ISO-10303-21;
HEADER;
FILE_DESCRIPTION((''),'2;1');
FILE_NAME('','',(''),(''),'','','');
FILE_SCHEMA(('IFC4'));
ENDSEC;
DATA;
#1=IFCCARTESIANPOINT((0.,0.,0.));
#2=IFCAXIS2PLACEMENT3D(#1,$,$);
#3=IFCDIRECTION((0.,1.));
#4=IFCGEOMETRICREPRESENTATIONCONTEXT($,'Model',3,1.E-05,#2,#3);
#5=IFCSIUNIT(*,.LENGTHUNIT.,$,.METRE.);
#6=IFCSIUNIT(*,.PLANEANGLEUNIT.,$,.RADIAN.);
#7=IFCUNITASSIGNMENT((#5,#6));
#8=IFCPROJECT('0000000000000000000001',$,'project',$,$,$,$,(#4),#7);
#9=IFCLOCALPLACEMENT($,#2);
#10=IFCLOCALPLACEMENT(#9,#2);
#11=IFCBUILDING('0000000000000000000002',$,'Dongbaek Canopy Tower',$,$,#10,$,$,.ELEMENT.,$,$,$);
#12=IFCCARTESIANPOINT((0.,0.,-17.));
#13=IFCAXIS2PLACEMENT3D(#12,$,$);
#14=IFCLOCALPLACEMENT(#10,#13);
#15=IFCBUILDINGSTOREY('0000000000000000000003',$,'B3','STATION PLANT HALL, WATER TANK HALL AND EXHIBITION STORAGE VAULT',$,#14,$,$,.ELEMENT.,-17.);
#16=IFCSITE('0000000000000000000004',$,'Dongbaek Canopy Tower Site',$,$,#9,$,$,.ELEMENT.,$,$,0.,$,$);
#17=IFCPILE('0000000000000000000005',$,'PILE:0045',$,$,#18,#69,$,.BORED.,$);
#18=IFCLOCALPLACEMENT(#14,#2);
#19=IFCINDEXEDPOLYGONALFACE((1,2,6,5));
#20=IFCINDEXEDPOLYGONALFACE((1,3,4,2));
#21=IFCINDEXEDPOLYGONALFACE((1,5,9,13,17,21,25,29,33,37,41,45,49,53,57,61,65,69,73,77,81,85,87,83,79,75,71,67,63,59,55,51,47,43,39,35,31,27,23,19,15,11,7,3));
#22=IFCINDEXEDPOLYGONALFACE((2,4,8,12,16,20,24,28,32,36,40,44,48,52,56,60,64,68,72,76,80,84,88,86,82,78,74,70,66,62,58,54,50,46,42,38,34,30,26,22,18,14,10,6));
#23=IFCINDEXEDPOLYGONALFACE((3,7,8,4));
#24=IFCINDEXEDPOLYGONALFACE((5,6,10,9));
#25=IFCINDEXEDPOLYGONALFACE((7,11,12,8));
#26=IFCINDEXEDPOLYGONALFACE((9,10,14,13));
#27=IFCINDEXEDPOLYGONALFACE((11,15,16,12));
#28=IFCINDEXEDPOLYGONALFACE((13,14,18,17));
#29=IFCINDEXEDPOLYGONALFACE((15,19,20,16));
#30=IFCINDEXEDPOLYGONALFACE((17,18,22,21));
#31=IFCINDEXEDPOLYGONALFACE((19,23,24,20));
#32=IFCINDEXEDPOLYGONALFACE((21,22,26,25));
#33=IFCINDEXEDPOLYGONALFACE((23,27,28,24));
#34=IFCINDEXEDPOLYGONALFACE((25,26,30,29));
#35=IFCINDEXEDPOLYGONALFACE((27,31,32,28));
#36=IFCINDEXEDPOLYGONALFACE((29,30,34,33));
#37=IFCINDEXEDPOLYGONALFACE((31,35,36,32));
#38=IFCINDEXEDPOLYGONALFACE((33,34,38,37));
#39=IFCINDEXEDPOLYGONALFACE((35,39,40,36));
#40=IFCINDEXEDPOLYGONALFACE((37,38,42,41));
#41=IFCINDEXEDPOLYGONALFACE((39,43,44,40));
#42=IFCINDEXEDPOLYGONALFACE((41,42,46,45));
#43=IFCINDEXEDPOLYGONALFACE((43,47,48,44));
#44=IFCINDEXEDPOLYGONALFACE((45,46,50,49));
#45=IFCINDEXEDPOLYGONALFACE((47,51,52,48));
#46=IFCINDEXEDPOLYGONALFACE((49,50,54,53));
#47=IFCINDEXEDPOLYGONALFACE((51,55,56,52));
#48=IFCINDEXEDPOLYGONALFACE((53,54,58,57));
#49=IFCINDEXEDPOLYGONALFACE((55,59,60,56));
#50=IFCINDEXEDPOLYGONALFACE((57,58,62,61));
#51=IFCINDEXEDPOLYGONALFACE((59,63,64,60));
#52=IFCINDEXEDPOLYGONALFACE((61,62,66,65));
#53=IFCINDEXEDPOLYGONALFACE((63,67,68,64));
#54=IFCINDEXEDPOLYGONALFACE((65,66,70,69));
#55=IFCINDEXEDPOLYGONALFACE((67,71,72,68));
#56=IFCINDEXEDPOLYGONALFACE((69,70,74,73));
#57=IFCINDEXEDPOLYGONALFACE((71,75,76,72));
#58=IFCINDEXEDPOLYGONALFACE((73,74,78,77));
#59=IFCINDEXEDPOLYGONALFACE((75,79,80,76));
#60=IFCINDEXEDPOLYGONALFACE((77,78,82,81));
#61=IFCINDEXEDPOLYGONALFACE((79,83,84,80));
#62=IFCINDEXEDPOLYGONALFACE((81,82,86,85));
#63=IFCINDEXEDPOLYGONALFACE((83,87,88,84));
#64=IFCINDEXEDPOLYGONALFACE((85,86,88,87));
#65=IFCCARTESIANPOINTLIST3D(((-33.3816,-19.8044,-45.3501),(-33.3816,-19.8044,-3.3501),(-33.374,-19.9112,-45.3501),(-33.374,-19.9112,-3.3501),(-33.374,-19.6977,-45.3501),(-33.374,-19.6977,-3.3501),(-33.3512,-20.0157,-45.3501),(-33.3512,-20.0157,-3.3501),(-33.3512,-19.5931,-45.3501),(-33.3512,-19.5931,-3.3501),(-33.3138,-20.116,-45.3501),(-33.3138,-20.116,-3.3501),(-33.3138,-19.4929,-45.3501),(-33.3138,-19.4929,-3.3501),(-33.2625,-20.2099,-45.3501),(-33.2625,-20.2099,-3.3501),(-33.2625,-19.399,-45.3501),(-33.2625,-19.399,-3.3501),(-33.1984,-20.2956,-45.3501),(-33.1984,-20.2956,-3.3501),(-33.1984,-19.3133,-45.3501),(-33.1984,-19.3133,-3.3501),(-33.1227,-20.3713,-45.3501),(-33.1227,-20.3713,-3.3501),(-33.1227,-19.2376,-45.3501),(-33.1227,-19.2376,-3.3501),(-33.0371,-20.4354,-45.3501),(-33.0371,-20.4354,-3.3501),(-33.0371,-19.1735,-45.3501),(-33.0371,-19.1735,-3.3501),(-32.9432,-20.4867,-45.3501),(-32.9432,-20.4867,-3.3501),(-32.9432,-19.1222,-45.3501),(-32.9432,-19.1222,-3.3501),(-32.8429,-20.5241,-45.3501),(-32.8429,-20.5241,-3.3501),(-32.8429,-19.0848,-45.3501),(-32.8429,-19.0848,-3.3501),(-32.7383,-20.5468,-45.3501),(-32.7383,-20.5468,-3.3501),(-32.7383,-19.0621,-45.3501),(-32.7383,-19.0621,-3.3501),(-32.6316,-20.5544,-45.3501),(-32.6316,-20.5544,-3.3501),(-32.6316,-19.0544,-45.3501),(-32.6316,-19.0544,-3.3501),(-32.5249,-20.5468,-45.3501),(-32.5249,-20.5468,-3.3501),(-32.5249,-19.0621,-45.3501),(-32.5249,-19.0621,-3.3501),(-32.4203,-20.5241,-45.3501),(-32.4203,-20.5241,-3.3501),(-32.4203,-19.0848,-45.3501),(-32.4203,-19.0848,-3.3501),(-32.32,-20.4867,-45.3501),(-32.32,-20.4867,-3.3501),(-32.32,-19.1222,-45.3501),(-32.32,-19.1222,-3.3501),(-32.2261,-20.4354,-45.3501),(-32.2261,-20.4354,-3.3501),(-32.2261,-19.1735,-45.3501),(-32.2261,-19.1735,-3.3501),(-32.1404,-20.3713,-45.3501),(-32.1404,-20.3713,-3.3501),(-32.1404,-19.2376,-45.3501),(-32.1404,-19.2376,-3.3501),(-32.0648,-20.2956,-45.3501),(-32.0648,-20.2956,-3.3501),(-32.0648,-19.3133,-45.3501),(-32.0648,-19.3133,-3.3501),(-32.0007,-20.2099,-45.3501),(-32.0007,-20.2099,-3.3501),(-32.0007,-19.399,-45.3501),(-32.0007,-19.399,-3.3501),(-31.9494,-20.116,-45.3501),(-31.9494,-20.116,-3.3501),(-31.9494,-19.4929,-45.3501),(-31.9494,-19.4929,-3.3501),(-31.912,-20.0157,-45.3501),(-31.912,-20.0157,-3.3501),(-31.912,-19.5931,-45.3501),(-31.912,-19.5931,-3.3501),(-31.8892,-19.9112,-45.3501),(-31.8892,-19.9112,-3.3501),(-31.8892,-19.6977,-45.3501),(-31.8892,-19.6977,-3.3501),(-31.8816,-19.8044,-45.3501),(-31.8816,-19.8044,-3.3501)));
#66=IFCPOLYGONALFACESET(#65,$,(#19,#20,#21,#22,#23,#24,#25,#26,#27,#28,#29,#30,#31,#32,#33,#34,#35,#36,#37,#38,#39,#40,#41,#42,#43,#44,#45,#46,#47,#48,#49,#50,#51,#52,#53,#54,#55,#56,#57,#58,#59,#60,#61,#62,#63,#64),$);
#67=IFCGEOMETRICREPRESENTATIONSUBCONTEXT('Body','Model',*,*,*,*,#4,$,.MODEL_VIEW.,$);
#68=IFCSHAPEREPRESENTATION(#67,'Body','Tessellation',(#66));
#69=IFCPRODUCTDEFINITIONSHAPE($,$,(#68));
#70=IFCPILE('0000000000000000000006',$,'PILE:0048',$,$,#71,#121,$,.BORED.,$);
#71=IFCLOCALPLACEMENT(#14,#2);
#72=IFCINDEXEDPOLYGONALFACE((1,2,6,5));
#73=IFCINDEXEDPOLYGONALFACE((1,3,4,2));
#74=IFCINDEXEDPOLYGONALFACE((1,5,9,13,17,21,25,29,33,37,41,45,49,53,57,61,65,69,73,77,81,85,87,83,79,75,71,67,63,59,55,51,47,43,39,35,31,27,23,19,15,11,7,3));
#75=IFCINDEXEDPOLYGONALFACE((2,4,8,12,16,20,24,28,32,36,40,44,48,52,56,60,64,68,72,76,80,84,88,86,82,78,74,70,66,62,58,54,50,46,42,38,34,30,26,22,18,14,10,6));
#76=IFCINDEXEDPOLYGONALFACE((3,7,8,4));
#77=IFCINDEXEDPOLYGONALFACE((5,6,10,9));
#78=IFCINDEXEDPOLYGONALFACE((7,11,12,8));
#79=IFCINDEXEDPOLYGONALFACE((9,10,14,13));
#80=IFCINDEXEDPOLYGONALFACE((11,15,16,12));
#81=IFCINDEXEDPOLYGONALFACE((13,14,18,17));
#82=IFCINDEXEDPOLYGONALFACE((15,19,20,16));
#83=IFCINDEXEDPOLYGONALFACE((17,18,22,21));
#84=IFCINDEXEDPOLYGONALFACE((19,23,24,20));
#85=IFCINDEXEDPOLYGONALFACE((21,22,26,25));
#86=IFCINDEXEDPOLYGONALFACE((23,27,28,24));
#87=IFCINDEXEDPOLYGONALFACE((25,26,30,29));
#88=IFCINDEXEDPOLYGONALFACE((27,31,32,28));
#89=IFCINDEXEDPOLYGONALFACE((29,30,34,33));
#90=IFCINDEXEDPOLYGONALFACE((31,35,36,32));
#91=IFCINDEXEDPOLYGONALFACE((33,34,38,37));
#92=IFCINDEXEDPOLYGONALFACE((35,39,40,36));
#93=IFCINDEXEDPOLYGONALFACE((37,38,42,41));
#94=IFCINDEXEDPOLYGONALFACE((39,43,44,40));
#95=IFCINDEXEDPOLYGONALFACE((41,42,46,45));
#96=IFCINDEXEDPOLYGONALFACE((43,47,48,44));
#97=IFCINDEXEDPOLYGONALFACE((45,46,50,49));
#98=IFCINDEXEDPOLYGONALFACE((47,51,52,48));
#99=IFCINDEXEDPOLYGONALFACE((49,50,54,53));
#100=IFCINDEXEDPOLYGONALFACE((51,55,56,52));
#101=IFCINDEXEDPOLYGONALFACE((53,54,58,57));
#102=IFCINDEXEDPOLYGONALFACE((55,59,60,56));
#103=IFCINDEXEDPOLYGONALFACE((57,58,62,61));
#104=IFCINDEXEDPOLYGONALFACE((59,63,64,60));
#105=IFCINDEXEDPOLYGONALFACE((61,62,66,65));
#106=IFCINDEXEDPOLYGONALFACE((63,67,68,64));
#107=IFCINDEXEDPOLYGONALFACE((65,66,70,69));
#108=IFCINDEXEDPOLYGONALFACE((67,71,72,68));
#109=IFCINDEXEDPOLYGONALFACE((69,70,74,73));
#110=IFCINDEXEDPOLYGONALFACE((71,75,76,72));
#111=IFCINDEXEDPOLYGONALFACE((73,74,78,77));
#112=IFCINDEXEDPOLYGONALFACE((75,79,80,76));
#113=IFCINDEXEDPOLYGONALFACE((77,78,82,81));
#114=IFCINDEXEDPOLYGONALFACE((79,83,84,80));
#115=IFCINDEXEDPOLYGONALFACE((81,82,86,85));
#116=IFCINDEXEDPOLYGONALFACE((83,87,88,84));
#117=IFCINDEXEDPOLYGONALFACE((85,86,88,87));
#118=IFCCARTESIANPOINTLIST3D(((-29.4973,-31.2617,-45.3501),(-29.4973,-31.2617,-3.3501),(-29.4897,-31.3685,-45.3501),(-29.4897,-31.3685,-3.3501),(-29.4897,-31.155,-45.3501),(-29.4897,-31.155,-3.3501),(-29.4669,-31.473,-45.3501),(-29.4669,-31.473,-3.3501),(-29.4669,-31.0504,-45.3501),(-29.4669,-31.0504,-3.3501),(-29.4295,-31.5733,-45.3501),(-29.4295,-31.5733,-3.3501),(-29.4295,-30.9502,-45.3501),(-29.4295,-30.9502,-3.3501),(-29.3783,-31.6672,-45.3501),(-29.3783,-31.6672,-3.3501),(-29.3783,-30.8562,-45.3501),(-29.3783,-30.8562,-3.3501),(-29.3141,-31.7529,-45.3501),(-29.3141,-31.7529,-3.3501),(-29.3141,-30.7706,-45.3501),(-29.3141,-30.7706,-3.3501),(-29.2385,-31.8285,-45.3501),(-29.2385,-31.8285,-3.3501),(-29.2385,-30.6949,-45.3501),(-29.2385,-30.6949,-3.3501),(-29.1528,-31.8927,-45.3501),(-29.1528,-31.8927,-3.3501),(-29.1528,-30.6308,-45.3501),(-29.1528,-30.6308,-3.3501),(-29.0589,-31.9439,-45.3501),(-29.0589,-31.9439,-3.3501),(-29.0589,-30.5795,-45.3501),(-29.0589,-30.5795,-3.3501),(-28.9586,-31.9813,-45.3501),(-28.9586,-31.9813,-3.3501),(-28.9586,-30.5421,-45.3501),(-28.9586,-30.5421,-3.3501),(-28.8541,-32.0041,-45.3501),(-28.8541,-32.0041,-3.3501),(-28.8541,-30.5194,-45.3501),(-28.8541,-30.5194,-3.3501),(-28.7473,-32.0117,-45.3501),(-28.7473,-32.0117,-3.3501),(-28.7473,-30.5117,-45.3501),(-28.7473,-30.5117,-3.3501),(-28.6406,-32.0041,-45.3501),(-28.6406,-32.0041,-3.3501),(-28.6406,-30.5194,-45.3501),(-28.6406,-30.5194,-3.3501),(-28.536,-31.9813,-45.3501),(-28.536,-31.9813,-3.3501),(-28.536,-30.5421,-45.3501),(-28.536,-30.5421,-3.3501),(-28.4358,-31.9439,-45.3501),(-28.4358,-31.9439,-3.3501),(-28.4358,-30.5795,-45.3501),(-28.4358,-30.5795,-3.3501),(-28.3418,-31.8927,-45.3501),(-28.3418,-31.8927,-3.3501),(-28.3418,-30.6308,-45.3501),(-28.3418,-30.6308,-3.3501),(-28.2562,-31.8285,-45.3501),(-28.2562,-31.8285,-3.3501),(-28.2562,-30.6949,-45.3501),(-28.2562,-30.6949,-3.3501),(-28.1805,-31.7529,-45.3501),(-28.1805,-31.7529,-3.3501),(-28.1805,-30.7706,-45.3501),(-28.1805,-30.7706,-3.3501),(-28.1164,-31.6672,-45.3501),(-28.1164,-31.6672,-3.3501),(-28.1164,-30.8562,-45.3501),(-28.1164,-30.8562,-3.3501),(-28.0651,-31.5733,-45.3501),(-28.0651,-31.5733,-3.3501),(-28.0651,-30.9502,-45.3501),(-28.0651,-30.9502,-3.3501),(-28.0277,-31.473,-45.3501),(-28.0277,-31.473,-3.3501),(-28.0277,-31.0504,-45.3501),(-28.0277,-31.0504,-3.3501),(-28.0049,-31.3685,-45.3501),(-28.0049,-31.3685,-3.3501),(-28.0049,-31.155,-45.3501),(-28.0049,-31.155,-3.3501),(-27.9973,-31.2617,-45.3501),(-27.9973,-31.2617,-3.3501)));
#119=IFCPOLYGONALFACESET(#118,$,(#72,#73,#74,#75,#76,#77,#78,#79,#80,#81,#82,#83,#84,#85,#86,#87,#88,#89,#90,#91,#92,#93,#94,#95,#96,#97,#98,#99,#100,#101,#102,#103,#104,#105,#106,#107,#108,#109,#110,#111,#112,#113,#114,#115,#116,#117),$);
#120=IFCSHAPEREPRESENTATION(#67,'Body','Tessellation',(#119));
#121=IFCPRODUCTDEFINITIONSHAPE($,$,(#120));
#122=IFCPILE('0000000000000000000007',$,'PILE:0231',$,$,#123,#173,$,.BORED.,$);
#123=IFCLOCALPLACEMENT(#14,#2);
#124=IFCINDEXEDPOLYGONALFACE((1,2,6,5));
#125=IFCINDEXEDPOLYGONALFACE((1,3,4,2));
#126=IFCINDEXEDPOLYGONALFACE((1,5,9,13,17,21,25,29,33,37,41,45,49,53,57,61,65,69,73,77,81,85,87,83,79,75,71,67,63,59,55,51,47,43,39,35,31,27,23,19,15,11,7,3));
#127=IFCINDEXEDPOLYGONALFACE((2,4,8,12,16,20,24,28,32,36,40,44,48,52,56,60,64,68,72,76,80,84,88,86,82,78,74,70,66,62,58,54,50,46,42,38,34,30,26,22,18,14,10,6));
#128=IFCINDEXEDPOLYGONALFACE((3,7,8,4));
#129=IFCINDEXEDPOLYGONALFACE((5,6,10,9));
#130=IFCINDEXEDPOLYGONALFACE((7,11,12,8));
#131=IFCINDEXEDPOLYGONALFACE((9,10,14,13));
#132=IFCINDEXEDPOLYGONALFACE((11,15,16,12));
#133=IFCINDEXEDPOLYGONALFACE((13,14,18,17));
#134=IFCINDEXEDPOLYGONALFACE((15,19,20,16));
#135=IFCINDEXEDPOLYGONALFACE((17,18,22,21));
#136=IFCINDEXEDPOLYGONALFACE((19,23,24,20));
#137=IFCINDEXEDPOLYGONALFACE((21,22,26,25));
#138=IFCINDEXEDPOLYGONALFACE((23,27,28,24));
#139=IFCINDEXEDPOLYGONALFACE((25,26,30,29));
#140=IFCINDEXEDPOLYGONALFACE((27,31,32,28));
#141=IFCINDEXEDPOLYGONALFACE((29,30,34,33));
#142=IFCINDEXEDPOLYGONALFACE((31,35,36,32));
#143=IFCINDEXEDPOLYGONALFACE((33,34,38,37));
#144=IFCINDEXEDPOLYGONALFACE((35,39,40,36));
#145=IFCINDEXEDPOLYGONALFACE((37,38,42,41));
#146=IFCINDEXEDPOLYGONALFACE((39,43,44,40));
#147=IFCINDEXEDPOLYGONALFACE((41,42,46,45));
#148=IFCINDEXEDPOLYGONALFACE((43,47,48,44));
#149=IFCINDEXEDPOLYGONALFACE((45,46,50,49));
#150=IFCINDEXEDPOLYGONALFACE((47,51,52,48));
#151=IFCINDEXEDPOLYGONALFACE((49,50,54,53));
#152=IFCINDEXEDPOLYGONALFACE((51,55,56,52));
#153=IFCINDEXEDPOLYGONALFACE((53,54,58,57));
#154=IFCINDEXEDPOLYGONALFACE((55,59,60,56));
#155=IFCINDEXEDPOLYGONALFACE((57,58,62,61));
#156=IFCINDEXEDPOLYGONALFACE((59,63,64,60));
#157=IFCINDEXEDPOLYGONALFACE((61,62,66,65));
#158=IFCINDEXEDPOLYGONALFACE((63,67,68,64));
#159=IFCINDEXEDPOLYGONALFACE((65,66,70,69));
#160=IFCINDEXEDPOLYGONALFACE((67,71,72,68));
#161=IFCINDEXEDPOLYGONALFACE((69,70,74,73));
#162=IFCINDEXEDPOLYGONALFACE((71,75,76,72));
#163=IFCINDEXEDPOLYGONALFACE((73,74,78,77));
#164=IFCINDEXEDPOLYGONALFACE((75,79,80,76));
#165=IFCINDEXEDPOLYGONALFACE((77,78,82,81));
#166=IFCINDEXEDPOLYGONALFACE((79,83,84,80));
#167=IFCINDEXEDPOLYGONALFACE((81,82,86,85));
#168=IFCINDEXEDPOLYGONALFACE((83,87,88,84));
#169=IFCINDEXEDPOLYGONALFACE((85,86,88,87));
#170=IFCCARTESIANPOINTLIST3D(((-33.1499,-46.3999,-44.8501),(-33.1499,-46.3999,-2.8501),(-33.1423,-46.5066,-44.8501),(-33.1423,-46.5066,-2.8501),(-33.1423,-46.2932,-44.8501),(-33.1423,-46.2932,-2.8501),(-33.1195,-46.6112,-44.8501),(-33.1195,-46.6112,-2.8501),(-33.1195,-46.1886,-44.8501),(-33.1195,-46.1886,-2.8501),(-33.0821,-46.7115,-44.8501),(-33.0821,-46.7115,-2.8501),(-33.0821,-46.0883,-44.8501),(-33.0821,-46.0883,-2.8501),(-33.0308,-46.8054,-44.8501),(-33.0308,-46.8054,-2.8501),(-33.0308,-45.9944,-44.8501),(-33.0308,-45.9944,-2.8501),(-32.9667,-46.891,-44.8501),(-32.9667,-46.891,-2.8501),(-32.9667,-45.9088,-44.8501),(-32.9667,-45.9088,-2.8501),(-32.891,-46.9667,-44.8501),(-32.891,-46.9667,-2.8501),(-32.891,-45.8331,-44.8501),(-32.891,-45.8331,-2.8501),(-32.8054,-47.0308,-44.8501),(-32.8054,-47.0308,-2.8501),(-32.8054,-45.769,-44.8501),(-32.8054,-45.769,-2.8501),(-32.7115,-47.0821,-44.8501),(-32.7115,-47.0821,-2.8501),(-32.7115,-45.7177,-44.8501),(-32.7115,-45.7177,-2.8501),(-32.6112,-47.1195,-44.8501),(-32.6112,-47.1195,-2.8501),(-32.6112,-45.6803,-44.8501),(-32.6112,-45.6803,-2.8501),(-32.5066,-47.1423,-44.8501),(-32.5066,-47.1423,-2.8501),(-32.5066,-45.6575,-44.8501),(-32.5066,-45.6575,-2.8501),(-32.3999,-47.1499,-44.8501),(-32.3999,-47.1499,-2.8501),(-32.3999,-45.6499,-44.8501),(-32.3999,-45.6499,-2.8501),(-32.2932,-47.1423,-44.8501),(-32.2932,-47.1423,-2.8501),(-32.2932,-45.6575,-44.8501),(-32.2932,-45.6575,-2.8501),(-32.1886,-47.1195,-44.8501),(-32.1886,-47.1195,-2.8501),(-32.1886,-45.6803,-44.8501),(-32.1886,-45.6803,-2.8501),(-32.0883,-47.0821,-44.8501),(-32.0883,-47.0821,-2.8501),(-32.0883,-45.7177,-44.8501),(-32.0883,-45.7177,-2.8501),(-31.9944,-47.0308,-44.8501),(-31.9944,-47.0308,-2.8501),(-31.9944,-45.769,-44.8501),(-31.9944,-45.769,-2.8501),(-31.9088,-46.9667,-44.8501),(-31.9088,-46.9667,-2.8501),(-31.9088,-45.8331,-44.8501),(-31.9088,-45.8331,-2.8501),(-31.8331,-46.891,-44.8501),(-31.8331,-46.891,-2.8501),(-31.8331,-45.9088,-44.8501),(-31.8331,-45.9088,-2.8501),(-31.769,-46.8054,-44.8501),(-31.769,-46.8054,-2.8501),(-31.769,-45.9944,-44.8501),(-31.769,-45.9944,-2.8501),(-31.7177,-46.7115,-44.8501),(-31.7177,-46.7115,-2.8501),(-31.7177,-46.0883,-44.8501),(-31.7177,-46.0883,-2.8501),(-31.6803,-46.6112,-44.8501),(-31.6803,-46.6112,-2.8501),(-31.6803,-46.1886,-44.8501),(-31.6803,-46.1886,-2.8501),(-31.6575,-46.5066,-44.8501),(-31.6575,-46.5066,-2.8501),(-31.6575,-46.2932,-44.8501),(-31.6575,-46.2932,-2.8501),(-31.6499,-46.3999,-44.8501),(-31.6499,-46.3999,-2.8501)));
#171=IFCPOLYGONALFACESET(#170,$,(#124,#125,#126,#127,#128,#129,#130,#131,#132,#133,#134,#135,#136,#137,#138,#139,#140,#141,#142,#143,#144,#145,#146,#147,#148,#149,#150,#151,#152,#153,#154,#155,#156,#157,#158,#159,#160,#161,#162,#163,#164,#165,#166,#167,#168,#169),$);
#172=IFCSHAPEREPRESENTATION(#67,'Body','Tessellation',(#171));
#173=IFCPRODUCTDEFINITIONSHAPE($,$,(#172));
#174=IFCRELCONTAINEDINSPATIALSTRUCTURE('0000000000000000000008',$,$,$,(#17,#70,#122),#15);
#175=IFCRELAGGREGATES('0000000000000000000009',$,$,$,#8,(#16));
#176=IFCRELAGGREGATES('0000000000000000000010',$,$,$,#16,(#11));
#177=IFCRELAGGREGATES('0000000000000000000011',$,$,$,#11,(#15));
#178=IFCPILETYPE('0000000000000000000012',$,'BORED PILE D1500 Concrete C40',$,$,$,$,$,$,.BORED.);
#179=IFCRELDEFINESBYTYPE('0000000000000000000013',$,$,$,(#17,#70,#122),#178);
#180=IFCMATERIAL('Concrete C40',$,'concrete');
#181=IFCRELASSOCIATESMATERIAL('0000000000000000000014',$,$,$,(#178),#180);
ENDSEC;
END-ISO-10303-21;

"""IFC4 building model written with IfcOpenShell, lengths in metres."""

from ifc_helpers import new_model, si_unit, direction, frame, origin, origin_2d, place, context, subcontext, project, spatial, circle, extrude, material, material_profile, profile_set, type_object, element, save


model = new_model("IFC4")

# Units and contexts
model_context = context("Model", 3, precision=1e-05, world=origin(), true_north=direction((0.0, 1.0)))
body_context = subcontext(model_context, "Body", "Model", "MODEL_VIEW")
ifc_project = project(units=[si_unit("LENGTHUNIT", "METRE"), si_unit("PLANEANGLEUNIT", "RADIAN")], contexts=[model_context])

# Site, building, storey
site_placement = place(None, origin())
site = spatial("IfcSite", under=ifc_project, at=site_placement, Name="Dongbaek Canopy Tower Site", CompositionType="ELEMENT", RefElevation=0.0)
building_placement = place(site_placement, origin())
building = spatial("IfcBuilding", under=site, at=building_placement, Name="Dongbaek Canopy Tower", CompositionType="ELEMENT")
storey_placement = place(building_placement, frame((0.0, 0.0, -17.0)))
storey = spatial("IfcBuildingStorey", under=building, at=storey_placement, Name="B3", Description="STATION PLANT HALL, WATER TANK HALL AND EXHIBITION STORAGE VAULT", CompositionType="ELEMENT", Elevation=-17.0)

# Piles
ifc_material_1 = material(Name="Concrete C40", Category="concrete")
ifc_material_profile_1 = material_profile(ifc_material_1, circle(Radius=0.75, at=origin_2d()), Name="BORED PILE D1500 Concrete C40")
ifc_profile_set_1 = profile_set([ifc_material_profile_1], Name="Concrete C40")
pile_type = type_object("IfcPileType", Name="BORED PILE D1500 Concrete C40", PredefinedType="BORED", material=ifc_profile_set_1)
for number, where, z_axis, x_axis, name in (
    (1, (-32.6316, -19.8044, -3.3501), (0.0, 0.0, -1.0), (1.0, 0.0, 0.0), "PILE:0045"),
    (2, (-28.7473, -31.2617, -3.3501), (0.0, 0.0, -1.0), (1.0, 0.0, 0.0), "PILE:0048"),
    (3, (-32.3999, -46.3999, -2.8501), (0.0, 0.0, -1.0), (1.0, 0.0, 0.0), "PILE:0231"),
):
    element("IfcPile", number, at=place(storey_placement, frame(where, z_axis=z_axis, x_axis=x_axis)), inside=storey, type_object=pile_type, Name=name, PredefinedType="BORED", context=body_context, shape_type="SweptSolid", body=[
        extrude(circle(Radius=0.75, at=origin_2d()), origin(), (0.0, 0.0, 1.0), 42.0),
    ])

save(model, "model.ifc")
